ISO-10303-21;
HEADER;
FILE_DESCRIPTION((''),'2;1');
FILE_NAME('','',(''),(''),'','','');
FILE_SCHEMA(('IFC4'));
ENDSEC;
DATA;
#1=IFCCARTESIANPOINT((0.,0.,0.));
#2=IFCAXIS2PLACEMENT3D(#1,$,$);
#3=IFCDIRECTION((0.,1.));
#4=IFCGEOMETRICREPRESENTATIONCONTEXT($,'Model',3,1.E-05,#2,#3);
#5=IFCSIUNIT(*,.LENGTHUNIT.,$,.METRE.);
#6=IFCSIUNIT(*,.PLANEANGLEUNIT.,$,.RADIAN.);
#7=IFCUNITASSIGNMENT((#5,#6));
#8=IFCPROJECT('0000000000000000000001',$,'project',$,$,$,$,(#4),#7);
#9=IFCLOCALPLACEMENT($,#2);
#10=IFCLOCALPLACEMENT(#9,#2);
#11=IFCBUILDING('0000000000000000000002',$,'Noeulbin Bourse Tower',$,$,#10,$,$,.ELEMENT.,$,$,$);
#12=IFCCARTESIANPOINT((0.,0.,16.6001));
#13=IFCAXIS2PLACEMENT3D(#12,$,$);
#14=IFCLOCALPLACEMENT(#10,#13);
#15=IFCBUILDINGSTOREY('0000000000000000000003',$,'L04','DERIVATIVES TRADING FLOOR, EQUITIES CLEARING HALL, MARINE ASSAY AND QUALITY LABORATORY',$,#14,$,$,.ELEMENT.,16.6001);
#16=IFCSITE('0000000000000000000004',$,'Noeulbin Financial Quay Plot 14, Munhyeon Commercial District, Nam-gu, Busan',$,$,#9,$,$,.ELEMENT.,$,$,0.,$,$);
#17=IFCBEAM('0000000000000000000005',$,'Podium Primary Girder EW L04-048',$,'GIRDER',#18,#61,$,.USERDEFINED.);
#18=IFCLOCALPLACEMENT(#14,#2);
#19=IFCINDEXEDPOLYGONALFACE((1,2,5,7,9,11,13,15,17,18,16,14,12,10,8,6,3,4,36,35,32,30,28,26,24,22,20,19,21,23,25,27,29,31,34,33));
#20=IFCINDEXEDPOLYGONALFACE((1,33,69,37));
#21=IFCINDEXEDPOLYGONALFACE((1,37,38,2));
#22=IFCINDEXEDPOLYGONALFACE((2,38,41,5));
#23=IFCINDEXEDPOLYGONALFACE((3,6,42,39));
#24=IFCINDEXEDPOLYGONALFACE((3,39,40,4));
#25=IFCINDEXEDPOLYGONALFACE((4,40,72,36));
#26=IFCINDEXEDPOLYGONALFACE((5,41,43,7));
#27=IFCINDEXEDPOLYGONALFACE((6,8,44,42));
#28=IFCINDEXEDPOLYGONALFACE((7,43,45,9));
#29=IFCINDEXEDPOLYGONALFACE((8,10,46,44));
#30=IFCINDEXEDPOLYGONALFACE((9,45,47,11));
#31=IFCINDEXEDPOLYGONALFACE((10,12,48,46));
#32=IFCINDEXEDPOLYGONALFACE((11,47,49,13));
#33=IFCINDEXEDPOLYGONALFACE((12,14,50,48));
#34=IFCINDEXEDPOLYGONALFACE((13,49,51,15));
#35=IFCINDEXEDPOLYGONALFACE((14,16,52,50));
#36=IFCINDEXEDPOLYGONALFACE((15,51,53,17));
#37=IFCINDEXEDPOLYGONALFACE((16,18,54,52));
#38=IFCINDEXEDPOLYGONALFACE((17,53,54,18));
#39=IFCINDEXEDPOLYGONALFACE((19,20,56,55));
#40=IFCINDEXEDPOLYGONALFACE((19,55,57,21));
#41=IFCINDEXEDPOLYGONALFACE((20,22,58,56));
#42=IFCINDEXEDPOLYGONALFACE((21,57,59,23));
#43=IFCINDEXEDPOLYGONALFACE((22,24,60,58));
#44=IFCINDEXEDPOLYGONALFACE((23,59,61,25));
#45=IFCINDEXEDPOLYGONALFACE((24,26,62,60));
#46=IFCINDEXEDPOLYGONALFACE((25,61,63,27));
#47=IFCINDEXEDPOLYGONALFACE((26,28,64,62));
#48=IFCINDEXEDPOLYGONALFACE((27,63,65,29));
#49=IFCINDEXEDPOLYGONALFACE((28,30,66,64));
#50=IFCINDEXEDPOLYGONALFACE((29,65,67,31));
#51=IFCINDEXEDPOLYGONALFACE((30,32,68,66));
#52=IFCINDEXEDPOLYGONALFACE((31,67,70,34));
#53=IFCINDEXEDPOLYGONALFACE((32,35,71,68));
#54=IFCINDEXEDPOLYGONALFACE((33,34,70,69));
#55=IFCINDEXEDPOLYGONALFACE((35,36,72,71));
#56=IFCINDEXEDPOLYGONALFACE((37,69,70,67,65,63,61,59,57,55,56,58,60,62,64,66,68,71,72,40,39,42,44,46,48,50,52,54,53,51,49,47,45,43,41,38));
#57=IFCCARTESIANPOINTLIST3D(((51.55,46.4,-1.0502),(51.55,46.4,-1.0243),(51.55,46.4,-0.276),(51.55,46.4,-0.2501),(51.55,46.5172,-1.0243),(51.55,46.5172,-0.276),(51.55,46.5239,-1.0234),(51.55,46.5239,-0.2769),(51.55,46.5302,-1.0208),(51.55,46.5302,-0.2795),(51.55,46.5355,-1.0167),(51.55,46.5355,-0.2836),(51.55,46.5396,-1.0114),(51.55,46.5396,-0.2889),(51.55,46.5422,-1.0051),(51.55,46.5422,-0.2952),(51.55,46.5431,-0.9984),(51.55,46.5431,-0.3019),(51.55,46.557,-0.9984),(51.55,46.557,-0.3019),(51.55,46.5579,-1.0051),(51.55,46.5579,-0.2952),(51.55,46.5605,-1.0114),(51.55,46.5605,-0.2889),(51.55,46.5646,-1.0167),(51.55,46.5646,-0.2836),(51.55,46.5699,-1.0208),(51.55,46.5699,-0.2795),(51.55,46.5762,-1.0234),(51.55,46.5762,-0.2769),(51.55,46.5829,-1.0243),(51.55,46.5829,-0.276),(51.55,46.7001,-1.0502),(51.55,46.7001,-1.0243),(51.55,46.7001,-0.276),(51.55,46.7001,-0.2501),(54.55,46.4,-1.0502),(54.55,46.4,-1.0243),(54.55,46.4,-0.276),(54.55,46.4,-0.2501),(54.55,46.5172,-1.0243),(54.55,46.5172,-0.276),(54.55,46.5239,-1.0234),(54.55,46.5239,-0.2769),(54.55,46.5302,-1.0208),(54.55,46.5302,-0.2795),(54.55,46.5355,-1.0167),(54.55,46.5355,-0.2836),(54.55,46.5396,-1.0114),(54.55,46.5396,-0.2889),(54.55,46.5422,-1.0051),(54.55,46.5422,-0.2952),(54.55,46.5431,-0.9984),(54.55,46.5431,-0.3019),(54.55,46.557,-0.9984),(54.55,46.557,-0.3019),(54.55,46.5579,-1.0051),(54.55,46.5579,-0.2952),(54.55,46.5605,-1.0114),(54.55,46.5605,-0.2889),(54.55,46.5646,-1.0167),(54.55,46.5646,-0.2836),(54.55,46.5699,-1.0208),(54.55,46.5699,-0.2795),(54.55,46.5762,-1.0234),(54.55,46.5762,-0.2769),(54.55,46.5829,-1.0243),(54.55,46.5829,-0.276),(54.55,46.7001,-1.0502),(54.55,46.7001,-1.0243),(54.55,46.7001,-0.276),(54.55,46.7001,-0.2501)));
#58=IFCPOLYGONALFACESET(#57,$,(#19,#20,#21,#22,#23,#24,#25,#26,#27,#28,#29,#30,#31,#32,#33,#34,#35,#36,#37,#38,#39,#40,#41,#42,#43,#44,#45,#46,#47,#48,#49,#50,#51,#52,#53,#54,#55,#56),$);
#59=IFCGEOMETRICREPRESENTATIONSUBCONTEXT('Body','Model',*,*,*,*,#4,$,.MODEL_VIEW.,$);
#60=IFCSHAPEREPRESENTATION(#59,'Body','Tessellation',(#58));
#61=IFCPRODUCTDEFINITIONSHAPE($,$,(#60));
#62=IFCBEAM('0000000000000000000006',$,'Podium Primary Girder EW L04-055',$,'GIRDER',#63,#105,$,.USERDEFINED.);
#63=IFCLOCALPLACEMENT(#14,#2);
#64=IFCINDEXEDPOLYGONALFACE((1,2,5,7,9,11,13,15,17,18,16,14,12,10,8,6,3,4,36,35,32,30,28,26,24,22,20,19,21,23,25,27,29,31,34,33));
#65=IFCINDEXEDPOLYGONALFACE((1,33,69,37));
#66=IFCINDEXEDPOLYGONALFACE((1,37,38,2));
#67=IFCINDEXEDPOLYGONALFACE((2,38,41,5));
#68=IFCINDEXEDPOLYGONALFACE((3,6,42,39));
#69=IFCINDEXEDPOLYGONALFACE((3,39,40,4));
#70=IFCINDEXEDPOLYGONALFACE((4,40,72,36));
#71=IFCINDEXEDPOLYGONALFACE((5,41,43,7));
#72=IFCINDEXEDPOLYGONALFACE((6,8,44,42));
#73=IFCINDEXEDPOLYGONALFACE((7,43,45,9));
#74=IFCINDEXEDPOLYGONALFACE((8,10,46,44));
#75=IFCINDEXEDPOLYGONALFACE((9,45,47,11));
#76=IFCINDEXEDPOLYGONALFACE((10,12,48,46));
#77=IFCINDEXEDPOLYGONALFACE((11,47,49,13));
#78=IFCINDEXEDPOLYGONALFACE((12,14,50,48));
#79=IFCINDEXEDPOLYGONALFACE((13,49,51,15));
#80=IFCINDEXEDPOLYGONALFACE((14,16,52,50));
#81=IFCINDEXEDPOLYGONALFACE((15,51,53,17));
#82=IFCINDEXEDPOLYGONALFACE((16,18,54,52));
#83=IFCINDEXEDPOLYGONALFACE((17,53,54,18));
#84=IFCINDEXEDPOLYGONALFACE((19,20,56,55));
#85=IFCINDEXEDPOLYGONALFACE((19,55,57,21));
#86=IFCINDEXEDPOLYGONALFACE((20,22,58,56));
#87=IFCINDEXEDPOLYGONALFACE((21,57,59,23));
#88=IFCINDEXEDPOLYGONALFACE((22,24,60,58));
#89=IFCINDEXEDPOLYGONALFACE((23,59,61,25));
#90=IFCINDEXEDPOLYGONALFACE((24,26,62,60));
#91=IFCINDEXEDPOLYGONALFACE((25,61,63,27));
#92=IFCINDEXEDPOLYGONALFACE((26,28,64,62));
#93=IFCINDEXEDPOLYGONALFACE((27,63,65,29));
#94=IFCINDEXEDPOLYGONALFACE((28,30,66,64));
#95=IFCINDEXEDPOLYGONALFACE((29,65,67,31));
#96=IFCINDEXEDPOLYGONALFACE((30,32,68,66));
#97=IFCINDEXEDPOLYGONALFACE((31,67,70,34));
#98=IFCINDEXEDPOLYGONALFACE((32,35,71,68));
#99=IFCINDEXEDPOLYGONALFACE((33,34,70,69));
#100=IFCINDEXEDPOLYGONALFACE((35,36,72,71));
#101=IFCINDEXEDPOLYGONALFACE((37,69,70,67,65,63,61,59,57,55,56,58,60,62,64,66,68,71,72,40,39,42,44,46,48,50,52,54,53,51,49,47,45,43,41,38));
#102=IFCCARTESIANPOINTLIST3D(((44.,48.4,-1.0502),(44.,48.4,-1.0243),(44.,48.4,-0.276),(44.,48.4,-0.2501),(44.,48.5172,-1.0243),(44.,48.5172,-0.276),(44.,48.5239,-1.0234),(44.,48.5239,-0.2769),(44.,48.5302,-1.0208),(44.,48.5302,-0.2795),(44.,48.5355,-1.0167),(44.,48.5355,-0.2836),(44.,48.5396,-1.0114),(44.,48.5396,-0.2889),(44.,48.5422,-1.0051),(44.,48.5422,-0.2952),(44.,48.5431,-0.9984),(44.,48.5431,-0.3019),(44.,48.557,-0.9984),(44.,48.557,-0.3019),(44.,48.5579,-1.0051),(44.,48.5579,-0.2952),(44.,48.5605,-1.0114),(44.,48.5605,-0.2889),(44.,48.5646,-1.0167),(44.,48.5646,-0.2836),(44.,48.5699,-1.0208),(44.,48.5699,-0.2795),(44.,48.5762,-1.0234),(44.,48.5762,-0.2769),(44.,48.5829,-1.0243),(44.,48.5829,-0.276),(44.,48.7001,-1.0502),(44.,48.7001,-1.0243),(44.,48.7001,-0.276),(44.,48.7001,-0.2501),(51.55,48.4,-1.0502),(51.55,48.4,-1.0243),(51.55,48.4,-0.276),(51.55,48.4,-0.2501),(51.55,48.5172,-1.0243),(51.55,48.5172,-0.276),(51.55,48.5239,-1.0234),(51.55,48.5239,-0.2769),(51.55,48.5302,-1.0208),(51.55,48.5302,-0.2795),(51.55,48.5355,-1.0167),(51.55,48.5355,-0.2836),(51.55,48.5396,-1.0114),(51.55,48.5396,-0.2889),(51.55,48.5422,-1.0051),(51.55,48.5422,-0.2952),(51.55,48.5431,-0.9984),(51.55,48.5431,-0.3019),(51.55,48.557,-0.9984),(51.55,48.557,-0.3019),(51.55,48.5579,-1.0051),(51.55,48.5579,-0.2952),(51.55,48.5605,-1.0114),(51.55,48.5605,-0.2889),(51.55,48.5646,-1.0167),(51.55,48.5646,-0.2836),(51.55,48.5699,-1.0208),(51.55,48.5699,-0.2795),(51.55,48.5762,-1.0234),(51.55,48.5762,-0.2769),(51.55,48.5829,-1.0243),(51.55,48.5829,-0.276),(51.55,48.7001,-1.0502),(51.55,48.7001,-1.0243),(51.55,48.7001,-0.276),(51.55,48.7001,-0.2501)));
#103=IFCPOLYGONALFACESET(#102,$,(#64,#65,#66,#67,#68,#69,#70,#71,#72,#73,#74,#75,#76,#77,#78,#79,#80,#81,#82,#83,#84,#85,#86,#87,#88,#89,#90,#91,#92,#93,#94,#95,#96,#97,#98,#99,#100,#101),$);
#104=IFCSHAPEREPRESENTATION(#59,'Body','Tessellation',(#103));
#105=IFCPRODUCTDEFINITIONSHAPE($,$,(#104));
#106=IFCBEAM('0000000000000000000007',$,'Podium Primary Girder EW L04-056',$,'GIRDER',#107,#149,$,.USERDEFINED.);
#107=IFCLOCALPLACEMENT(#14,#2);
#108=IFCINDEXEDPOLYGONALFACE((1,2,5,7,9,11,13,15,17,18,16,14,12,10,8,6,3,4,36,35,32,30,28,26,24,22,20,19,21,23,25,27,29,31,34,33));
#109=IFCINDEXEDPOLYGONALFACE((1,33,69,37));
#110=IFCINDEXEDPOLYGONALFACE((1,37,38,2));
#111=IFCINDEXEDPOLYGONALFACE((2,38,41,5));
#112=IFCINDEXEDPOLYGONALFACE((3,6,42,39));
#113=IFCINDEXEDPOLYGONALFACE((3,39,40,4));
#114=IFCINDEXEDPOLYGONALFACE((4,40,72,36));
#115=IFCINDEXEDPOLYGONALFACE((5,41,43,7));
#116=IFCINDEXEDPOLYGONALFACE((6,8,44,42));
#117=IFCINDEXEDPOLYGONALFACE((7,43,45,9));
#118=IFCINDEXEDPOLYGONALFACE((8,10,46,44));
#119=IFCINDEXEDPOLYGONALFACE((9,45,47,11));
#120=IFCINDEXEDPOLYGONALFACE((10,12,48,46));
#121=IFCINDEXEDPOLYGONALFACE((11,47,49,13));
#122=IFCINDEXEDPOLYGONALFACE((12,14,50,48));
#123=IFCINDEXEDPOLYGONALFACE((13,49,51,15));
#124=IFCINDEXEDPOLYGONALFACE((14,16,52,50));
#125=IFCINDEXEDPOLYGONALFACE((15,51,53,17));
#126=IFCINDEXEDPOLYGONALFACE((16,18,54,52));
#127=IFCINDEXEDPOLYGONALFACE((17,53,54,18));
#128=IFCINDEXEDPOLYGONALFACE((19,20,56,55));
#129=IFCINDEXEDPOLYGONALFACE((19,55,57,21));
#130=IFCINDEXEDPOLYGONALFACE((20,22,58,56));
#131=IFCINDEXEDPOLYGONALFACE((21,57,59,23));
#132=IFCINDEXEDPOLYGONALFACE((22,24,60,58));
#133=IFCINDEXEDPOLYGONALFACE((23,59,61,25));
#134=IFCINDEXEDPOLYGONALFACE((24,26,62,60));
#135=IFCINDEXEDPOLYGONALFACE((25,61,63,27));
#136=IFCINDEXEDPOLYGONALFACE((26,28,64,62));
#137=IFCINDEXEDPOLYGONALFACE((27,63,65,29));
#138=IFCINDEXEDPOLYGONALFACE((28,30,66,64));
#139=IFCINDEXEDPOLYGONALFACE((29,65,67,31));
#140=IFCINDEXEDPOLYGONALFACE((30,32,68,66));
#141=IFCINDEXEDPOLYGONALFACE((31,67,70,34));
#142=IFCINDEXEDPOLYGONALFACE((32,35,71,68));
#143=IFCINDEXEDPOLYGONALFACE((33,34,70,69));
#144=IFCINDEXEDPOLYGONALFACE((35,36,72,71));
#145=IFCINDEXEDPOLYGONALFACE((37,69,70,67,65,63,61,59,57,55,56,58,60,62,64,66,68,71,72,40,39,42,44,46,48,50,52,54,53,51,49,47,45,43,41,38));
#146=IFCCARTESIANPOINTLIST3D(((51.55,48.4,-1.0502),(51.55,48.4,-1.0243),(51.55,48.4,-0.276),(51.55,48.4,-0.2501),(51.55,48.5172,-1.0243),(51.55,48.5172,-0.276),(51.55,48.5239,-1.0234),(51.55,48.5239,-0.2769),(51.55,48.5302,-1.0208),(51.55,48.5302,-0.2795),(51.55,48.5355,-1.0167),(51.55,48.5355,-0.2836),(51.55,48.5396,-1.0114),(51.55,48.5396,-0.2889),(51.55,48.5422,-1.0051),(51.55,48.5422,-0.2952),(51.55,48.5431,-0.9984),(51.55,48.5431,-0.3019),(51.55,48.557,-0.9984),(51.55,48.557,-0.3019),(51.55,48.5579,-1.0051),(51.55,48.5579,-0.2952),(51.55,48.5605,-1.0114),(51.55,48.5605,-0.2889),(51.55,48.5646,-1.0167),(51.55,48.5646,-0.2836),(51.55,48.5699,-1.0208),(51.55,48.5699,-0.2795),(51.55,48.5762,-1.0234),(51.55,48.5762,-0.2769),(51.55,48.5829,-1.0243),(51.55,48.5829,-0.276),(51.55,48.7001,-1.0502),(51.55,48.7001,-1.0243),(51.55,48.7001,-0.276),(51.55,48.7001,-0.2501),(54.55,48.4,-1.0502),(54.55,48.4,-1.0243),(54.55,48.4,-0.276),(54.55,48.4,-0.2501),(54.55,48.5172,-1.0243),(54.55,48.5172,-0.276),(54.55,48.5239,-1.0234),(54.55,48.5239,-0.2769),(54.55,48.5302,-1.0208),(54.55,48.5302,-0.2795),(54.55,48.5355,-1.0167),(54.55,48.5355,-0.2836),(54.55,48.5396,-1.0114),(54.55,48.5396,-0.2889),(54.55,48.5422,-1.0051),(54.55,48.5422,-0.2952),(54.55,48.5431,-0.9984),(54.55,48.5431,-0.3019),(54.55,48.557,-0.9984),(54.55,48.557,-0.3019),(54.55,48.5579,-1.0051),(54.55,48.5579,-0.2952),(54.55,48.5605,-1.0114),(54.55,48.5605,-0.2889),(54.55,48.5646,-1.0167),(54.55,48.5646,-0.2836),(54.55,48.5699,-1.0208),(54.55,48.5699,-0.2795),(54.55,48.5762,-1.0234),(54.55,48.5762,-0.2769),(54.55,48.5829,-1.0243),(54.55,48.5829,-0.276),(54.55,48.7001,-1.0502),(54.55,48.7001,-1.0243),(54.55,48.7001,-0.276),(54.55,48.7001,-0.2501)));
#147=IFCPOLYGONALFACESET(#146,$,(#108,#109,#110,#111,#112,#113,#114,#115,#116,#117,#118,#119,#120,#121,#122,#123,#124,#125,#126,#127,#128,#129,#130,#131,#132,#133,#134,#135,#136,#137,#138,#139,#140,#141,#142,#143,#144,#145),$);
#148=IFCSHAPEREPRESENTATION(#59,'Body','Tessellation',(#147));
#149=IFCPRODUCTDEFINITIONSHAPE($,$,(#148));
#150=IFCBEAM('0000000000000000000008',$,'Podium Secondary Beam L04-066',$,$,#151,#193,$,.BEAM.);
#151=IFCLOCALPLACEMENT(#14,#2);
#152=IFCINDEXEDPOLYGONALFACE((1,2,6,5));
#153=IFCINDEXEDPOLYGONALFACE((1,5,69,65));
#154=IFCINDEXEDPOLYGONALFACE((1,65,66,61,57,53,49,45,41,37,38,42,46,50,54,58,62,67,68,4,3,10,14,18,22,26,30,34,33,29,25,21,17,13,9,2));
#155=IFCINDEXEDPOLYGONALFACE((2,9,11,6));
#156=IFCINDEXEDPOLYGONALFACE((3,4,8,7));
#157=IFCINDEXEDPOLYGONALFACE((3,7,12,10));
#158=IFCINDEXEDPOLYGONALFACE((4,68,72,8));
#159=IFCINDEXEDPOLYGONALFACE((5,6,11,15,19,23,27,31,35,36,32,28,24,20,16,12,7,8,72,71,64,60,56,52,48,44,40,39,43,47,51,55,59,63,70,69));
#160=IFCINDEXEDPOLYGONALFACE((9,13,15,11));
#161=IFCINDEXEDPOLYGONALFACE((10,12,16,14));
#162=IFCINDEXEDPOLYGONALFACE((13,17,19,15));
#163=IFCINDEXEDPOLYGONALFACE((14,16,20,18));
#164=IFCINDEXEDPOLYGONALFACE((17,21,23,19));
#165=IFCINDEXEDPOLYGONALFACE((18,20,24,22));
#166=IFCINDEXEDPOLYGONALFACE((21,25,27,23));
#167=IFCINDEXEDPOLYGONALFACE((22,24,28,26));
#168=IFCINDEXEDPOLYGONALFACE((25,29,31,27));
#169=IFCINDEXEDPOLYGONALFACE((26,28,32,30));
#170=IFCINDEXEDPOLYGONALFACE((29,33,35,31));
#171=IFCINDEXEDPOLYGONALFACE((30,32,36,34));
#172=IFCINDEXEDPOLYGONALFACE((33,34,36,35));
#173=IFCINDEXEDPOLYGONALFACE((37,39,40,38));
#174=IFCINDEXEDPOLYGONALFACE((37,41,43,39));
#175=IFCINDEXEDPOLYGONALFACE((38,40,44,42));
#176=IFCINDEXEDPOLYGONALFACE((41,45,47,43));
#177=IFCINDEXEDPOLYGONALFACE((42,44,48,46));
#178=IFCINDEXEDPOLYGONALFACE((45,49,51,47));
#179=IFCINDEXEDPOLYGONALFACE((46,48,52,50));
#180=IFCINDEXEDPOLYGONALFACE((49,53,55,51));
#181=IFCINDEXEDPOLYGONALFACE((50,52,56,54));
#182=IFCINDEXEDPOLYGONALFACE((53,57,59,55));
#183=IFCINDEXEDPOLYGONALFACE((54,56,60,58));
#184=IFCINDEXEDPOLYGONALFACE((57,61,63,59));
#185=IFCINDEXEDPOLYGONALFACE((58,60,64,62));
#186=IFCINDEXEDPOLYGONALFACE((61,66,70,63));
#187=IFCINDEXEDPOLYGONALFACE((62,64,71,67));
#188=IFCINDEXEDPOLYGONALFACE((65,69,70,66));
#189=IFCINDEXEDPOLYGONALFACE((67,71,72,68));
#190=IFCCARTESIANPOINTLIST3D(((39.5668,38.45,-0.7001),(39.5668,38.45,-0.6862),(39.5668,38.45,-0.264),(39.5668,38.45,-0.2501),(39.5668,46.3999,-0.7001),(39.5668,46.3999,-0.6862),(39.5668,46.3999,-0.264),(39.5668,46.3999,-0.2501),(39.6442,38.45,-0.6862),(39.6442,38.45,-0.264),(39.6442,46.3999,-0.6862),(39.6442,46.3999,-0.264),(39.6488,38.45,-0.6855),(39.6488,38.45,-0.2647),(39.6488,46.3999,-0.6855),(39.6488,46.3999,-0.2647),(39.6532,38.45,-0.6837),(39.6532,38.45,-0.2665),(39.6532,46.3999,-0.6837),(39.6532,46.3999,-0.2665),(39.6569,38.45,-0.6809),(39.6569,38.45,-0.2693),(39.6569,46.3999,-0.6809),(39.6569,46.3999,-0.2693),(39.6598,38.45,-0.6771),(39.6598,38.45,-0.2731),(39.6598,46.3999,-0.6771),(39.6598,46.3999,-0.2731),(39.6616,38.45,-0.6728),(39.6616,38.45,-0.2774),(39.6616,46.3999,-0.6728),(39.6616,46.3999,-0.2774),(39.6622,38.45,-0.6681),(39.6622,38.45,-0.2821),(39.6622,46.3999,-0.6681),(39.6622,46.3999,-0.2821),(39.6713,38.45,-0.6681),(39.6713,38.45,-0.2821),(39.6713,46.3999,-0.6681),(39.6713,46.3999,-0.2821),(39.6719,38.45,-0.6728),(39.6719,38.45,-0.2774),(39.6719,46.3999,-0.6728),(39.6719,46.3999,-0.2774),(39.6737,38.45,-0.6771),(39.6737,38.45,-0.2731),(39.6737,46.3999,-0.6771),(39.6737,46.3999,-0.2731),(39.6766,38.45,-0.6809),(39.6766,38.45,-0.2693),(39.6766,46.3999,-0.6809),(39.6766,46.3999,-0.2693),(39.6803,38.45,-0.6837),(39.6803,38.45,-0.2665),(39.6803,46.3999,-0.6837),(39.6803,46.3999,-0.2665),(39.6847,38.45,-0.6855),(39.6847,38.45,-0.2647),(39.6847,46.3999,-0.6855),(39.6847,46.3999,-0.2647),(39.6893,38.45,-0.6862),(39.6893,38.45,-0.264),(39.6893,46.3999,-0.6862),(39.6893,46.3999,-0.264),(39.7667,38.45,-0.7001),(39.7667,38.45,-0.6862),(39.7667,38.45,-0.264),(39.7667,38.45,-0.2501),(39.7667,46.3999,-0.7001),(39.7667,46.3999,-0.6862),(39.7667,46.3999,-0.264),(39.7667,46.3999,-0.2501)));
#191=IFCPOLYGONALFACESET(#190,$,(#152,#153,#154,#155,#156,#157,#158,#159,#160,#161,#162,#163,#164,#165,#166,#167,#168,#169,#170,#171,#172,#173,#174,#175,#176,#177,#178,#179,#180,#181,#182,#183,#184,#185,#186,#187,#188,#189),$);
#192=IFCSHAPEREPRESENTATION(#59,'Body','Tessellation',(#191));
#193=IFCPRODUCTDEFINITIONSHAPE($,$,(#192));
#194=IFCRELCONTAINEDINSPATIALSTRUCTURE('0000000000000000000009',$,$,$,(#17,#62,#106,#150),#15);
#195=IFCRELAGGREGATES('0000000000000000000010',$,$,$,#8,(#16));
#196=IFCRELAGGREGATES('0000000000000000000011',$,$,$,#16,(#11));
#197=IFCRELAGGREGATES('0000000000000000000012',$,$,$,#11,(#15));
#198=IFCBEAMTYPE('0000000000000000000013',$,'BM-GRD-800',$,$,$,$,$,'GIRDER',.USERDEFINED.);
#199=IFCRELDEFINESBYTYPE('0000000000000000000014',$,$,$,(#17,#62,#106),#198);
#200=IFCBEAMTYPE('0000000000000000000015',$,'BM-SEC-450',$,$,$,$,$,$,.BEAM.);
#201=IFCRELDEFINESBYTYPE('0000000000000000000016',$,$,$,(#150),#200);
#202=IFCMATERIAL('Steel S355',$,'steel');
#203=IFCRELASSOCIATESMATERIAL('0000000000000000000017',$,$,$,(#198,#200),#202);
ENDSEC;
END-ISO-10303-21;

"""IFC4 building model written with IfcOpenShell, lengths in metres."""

from ifc_helpers import new_model, si_unit, direction, frame, origin, origin_2d, place, context, subcontext, project, spatial, i_section, extrude, material, material_profile, profile_set, type_object, element, save


model = new_model("IFC4")

# Units and contexts
model_context = context("Model", 3, precision=1e-05, world=origin(), true_north=direction((0.0, 1.0)))
body_context = subcontext(model_context, "Body", "Model", "MODEL_VIEW")
ifc_project = project(units=[si_unit("LENGTHUNIT", "METRE"), si_unit("PLANEANGLEUNIT", "RADIAN")], contexts=[model_context])

# Site, building, storey
site_placement = place(None, origin())
site = spatial("IfcSite", under=ifc_project, at=site_placement, Name="Noeulbin Financial Quay Plot 14, Munhyeon Commercial District, Nam-gu, Busan", CompositionType="ELEMENT", RefElevation=0.0)
building_placement = place(site_placement, origin())
building = spatial("IfcBuilding", under=site, at=building_placement, Name="Noeulbin Bourse Tower", CompositionType="ELEMENT")
storey_placement = place(building_placement, frame((0.0, 0.0, 16.6001)))
storey = spatial("IfcBuildingStorey", under=building, at=storey_placement, Name="L04", Description="DERIVATIVES TRADING FLOOR, EQUITIES CLEARING HALL, MARINE ASSAY AND QUALITY LABORATORY", CompositionType="ELEMENT", Elevation=16.6001)

# Beams
ifc_material_1 = material(Name="Steel S355", Category="steel")
ifc_material_profile_1 = material_profile(ifc_material_1, i_section(OverallWidth=0.3, OverallDepth=0.8, WebThickness=0.0139, FlangeThickness=0.0259, FilletRadius=0.0259, at=origin_2d()), Name="H-800x300x14x26", Category="LoadBearing")
ifc_profile_set_1 = profile_set([ifc_material_profile_1], Name="Steel S355")
beam_type_1 = type_object("IfcBeamType", Name="BM-GRD-800", ElementType="GIRDER", PredefinedType="USERDEFINED", material=ifc_profile_set_1)
beam_1_placement = place(storey_placement, frame((51.55, 46.55, -0.6501), z_axis=(1.0, 0.0, 0.0), x_axis=(0.0, 1.0, 0.0)))
element("IfcBeam", 1, at=beam_1_placement, inside=storey, type_object=beam_type_1, Name="Podium Primary Girder EW L04-048", ObjectType="GIRDER", PredefinedType="USERDEFINED", context=body_context, shape_type="SweptSolid", body=[
    extrude(i_section(OverallWidth=0.3, OverallDepth=0.8, WebThickness=0.0139, FlangeThickness=0.0259, FilletRadius=0.0259, at=origin_2d()), origin(), (0.0, 0.0, 1.0), 3.0),
])
beam_2_placement = place(storey_placement, frame((44.0, 48.55, -0.6501), z_axis=(1.0, 0.0, 0.0), x_axis=(0.0, 1.0, 0.0)))
element("IfcBeam", 2, at=beam_2_placement, inside=storey, type_object=beam_type_1, Name="Podium Primary Girder EW L04-055", ObjectType="GIRDER", PredefinedType="USERDEFINED", context=body_context, shape_type="SweptSolid", body=[
    extrude(i_section(OverallWidth=0.3, OverallDepth=0.8, WebThickness=0.0139, FlangeThickness=0.0259, FilletRadius=0.0259, at=origin_2d()), origin(), (0.0, 0.0, 1.0), 7.55),
])
beam_3_placement = place(storey_placement, frame((51.55, 48.55, -0.6501), z_axis=(1.0, 0.0, 0.0), x_axis=(0.0, 1.0, 0.0)))
element("IfcBeam", 3, at=beam_3_placement, inside=storey, type_object=beam_type_1, Name="Podium Primary Girder EW L04-056", ObjectType="GIRDER", PredefinedType="USERDEFINED", context=body_context, shape_type="SweptSolid", body=[
    extrude(i_section(OverallWidth=0.3, OverallDepth=0.8, WebThickness=0.0139, FlangeThickness=0.0259, FilletRadius=0.0259, at=origin_2d()), origin(), (0.0, 0.0, 1.0), 3.0),
])
ifc_material_profile_2 = material_profile(ifc_material_1, i_section(OverallWidth=0.2, OverallDepth=0.45, WebThickness=0.009, FlangeThickness=0.0139, FilletRadius=0.0181, at=origin_2d()), Name="H-450x200x9x14", Category="LoadBearing")
ifc_profile_set_2 = profile_set([ifc_material_profile_2], Name="Steel S355")
beam_type_2 = type_object("IfcBeamType", Name="BM-SEC-450", PredefinedType="BEAM", material=ifc_profile_set_2)
beam_4_placement = place(storey_placement, frame((39.6667, 38.45, -0.4751), z_axis=(0.0, 1.0, 0.0), x_axis=(-1.0, 0.0, 0.0)))
element("IfcBeam", 4, at=beam_4_placement, inside=storey, type_object=beam_type_2, Name="Podium Secondary Beam L04-066", PredefinedType="BEAM", context=body_context, shape_type="SweptSolid", body=[
    extrude(i_section(OverallWidth=0.2, OverallDepth=0.45, WebThickness=0.009, FlangeThickness=0.0139, FilletRadius=0.0181, at=origin_2d()), origin(), (0.0, 0.0, 1.0), 7.95),
])

save(model, "model.ifc")
